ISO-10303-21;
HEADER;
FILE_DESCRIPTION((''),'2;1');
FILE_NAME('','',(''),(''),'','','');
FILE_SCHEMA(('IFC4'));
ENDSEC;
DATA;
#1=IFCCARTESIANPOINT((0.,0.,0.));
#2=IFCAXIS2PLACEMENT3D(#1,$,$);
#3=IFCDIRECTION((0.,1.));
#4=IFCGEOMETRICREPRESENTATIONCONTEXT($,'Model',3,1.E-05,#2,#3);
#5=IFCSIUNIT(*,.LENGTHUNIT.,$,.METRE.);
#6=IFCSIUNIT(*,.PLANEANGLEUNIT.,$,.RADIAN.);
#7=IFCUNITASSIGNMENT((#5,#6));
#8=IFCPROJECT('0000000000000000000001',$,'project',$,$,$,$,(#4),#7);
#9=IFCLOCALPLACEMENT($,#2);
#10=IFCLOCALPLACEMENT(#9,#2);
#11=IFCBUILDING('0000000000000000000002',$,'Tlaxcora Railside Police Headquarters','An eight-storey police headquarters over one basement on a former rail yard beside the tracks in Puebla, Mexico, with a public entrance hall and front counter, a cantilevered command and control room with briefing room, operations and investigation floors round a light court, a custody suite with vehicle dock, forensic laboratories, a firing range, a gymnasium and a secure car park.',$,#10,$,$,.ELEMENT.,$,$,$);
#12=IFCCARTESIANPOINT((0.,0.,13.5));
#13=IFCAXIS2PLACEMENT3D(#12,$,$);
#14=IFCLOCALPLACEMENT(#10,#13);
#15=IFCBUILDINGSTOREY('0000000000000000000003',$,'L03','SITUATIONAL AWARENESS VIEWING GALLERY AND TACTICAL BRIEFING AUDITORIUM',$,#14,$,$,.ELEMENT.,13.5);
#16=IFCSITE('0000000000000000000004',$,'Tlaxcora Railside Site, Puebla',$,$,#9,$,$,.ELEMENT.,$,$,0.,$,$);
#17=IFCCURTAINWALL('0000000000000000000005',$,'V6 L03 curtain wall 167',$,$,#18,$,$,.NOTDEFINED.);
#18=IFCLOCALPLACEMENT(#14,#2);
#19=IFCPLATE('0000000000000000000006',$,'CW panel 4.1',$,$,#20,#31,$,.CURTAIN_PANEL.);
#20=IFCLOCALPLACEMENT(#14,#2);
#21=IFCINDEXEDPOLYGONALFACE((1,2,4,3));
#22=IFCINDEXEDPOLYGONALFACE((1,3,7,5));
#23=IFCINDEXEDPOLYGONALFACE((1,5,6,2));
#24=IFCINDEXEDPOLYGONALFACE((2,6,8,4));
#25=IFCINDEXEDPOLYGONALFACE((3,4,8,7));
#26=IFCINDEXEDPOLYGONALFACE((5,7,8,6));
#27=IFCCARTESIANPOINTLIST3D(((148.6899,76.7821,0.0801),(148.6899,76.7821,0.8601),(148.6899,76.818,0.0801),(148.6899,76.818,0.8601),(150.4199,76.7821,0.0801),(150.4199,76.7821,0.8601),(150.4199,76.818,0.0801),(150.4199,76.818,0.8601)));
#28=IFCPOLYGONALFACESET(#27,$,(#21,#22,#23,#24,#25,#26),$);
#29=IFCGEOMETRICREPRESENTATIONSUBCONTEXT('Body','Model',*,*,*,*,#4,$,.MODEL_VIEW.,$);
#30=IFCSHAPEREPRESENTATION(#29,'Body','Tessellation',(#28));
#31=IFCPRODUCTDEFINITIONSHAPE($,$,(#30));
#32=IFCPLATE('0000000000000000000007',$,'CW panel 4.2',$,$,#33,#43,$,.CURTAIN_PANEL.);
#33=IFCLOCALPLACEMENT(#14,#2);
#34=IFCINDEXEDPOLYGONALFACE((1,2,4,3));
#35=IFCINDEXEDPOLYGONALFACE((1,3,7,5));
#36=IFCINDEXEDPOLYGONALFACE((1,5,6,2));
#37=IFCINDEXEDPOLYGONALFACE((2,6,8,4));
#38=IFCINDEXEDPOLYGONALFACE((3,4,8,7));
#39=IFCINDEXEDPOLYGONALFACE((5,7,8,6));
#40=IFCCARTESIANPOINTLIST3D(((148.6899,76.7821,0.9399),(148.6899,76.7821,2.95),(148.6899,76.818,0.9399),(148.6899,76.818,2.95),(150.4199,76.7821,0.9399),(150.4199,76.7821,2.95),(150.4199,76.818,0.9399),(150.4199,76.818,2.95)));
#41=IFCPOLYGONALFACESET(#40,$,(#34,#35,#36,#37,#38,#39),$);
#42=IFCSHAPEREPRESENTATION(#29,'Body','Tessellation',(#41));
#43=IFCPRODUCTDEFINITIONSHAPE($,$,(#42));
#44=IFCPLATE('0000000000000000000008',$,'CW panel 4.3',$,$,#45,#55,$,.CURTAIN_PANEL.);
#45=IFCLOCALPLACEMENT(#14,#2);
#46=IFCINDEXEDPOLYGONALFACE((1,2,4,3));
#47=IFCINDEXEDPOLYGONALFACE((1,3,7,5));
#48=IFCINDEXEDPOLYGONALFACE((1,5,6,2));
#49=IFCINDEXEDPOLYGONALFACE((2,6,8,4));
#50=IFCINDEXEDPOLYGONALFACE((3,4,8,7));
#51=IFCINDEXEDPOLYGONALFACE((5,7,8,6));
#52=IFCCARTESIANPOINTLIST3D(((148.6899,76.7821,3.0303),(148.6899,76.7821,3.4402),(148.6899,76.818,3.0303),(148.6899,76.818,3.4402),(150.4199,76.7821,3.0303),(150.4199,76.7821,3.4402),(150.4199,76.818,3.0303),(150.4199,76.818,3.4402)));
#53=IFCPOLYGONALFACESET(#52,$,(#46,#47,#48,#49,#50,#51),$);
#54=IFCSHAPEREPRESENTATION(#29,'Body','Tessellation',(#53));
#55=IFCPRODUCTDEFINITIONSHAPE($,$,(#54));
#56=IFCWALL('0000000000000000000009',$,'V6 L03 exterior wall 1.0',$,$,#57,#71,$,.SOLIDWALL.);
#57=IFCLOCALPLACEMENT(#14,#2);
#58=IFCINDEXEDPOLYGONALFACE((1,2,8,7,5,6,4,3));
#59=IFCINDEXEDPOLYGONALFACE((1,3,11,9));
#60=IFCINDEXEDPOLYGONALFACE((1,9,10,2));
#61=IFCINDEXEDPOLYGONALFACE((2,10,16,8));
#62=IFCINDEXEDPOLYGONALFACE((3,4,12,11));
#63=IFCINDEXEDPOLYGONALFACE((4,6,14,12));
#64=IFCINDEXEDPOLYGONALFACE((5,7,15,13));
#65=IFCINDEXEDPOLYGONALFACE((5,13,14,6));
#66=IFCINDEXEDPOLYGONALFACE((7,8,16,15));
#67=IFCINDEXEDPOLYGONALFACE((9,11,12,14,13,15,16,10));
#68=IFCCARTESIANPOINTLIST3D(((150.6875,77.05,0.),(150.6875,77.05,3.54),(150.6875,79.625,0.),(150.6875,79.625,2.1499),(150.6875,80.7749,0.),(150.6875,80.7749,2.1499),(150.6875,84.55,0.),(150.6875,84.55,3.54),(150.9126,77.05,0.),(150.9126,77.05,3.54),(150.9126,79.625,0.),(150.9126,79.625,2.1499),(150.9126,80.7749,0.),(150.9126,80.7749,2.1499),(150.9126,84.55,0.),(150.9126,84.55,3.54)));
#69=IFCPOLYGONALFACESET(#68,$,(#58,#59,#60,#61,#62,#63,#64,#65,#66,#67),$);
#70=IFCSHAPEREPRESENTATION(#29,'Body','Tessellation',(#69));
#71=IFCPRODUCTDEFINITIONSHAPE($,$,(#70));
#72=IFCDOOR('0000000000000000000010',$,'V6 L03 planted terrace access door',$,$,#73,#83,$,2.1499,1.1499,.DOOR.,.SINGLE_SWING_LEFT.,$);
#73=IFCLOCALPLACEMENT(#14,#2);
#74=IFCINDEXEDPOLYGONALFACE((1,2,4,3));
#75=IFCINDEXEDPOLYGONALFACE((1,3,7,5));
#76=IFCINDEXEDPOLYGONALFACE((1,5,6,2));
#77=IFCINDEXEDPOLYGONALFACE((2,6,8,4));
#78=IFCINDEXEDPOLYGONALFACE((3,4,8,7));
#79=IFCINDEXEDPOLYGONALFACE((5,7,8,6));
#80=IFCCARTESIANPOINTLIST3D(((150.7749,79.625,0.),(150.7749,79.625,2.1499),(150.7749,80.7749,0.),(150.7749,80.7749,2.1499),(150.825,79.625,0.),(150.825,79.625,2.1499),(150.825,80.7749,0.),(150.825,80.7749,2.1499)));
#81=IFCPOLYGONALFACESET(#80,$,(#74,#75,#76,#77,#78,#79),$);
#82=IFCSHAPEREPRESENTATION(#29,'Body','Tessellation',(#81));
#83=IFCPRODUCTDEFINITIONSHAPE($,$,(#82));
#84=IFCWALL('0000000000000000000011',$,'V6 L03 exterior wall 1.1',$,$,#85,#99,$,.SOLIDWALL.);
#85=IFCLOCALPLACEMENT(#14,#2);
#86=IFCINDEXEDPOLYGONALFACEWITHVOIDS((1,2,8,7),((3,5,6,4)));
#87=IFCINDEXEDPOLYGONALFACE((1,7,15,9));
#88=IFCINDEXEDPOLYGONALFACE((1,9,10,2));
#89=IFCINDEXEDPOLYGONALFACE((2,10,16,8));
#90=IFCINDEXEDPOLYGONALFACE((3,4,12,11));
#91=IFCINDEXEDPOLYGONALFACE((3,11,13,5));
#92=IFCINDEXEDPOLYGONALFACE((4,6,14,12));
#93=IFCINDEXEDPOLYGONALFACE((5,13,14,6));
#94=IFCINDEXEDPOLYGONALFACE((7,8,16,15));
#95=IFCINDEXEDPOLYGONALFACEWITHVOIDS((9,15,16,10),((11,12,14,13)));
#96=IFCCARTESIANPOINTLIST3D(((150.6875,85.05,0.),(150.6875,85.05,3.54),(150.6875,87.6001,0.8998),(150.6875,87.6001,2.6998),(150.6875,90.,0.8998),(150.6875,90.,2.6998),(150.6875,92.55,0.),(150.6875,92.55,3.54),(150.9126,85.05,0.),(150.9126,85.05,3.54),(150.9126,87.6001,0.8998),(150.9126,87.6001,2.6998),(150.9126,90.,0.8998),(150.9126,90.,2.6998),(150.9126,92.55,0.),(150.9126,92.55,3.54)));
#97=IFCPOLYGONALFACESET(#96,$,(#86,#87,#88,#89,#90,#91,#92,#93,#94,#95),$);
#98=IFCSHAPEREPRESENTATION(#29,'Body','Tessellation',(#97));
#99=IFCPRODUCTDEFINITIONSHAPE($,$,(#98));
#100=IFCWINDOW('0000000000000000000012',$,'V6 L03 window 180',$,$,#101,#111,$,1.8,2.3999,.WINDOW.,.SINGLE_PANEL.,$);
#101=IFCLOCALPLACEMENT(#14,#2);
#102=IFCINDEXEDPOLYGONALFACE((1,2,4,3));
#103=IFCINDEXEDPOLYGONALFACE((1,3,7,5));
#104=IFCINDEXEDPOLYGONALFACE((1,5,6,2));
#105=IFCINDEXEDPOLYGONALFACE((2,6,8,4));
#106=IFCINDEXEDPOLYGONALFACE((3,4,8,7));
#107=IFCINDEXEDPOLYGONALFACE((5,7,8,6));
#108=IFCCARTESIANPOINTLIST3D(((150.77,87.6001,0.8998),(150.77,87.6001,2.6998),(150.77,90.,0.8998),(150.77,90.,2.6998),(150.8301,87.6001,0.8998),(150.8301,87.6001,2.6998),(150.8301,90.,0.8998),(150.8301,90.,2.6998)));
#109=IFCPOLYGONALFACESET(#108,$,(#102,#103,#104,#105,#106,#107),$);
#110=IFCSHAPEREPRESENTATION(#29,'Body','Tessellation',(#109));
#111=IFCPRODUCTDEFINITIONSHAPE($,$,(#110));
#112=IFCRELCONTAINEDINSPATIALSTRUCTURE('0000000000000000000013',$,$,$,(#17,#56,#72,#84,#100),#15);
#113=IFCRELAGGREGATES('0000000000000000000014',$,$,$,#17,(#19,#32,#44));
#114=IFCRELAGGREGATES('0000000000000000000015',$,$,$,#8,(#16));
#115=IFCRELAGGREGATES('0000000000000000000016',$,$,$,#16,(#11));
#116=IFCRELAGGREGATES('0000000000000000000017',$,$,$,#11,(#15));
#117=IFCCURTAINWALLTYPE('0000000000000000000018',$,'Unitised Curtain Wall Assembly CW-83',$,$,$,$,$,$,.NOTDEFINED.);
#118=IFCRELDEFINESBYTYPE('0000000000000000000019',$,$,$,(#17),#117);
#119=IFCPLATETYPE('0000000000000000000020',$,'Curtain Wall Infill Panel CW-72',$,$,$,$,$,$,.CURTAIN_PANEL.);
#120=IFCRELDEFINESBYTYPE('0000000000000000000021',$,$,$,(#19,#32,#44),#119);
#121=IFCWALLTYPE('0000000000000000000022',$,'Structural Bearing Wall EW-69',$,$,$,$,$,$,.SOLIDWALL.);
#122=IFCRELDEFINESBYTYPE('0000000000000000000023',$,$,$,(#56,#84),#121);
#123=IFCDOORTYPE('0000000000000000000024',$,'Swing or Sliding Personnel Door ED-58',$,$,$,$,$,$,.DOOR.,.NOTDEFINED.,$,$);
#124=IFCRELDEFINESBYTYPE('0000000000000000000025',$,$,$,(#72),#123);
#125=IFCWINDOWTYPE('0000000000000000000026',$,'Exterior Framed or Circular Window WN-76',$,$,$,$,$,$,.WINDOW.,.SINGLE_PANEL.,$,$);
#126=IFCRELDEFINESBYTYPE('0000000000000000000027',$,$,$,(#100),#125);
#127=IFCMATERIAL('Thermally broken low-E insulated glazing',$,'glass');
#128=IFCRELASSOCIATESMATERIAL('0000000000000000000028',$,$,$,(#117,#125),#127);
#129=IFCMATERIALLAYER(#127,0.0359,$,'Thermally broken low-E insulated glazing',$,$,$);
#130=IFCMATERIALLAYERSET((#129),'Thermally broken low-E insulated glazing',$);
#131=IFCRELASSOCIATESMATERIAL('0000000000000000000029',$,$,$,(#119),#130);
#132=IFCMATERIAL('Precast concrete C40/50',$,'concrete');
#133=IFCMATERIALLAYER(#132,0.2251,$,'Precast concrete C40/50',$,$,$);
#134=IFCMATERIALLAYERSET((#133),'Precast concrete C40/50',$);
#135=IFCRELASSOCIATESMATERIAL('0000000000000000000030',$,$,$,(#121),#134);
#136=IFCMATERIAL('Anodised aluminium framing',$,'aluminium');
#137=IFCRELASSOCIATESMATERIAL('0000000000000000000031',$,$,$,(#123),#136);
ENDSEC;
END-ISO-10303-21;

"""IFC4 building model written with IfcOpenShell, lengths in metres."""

from ifc_helpers import new_model, si_unit, direction, frame, frame_2d, origin, origin_2d, place, context, subcontext, project, spatial, rectangle, extrude, material, layer, layer_set, type_object, element, fill, aggregate, save


model = new_model("IFC4")

# Units and contexts
model_context = context("Model", 3, precision=1e-05, world=origin(), true_north=direction((0.0, 1.0)))
body_context = subcontext(model_context, "Body", "Model", "MODEL_VIEW")
ifc_project = project(units=[si_unit("LENGTHUNIT", "METRE"), si_unit("PLANEANGLEUNIT", "RADIAN")], contexts=[model_context])

# Site, building, storey
site_placement = place(None, origin())
site = spatial("IfcSite", under=ifc_project, at=site_placement, Name="Tlaxcora Railside Site, Puebla", CompositionType="ELEMENT", RefElevation=0.0)
building_placement = place(site_placement, origin())
building = spatial("IfcBuilding", under=site, at=building_placement, Name="Tlaxcora Railside Police Headquarters", Description="An eight-storey police headquarters over one basement on a former rail yard beside the tracks in Puebla, Mexico, with a public entrance hall and front counter, a cantilevered command and control room with briefing room, operations and investigation floors round a light court, a custody suite with vehicle dock, forensic laboratories, a firing range, a gymnasium and a secure car park.", CompositionType="ELEMENT")
storey_placement = place(building_placement, frame((0.0, 0.0, 13.5)))
storey = spatial("IfcBuildingStorey", under=building, at=storey_placement, Name="L03", Description="SITUATIONAL AWARENESS VIEWING GALLERY AND TACTICAL BRIEFING AUDITORIUM", CompositionType="ELEMENT", Elevation=13.5)

# Curtain wall
ifc_material_1 = material(Name="Thermally broken low-E insulated glazing", Category="glass")
curtain_wall_type = type_object("IfcCurtainWallType", Name="Unitised Curtain Wall Assembly CW-83", PredefinedType="NOTDEFINED", material=ifc_material_1)
curtain_wall_placement = place(storey_placement, origin())
curtain_wall = element("IfcCurtainWall", 1, at=curtain_wall_placement, inside=storey, type_object=curtain_wall_type, Name="V6 L03 curtain wall 167", PredefinedType="NOTDEFINED")
ifc_material_2 = material(Name="Anodised aluminium framing", Category="aluminium")

# Plates
ifc_layer_1 = layer(ifc_material_1, 0.0359, Name="Thermally broken low-E insulated glazing")
ifc_layer_set_1 = layer_set([ifc_layer_1], Name="Thermally broken low-E insulated glazing")
plate_type = type_object("IfcPlateType", Name="Curtain Wall Infill Panel CW-72", PredefinedType="CURTAIN_PANEL", material=ifc_layer_set_1)
plate_1_placement = place(storey_placement, frame((149.5549, 76.8, 0.0801), z_axis=(0.0, 0.0, 1.0), x_axis=(1.0, 0.0, 0.0)))
plate_1 = element("IfcPlate", 2, at=plate_1_placement, type_object=plate_type, Name="CW panel 4.1", PredefinedType="CURTAIN_PANEL", context=body_context, shape_type="SweptSolid", body=[
    extrude(rectangle(XDim=1.73, YDim=0.0359, at=origin_2d()), origin(), (0.0, 0.0, 1.0), 0.78),
])
plate_2_placement = place(storey_placement, frame((149.5549, 76.8, 0.9399), z_axis=(0.0, 0.0, 1.0), x_axis=(1.0, 0.0, 0.0)))
plate_2 = element("IfcPlate", 3, at=plate_2_placement, type_object=plate_type, Name="CW panel 4.2", PredefinedType="CURTAIN_PANEL", context=body_context, shape_type="SweptSolid", body=[
    extrude(rectangle(XDim=1.73, YDim=0.0359, at=origin_2d()), origin(), (0.0, 0.0, 1.0), 2.01),
])
plate_3_placement = place(storey_placement, frame((149.5549, 76.8, 3.0303), z_axis=(0.0, 0.0, 1.0), x_axis=(1.0, 0.0, 0.0)))
plate_3 = element("IfcPlate", 4, at=plate_3_placement, type_object=plate_type, Name="CW panel 4.3", PredefinedType="CURTAIN_PANEL", context=body_context, shape_type="SweptSolid", body=[
    extrude(rectangle(XDim=1.73, YDim=0.0359, at=origin_2d()), origin(), (0.0, 0.0, 1.0), 0.4099),
])
aggregate(curtain_wall, [plate_1, plate_2, plate_3])

# Wall, opening, door
ifc_material_3 = material(Name="Precast concrete C40/50", Category="concrete")
ifc_layer_2 = layer(ifc_material_3, 0.2251, Name="Precast concrete C40/50")
ifc_layer_set_2 = layer_set([ifc_layer_2], Name="Precast concrete C40/50")
wall_type = type_object("IfcWallType", Name="Structural Bearing Wall EW-69", PredefinedType="SOLIDWALL", material=ifc_layer_set_2)
wall_1_placement = place(storey_placement, frame((150.8, 77.05, 0.0), z_axis=(0.0, 0.0, 1.0), x_axis=(0.0, 1.0, 0.0)))
wall_1 = element("IfcWall", 5, at=wall_1_placement, inside=storey, type_object=wall_type, Name="V6 L03 exterior wall 1.0", PredefinedType="SOLIDWALL", context=body_context, shape_type="SweptSolid", body=[
    extrude(rectangle(XDim=7.5, YDim=0.2251, at=frame_2d((3.75, 0.0))), origin(), (0.0, 0.0, 1.0), 3.54),
])
opening_1_placement = place(wall_1_placement, frame((2.575, 0.0, 0.0)))
opening_1 = element("IfcOpeningElement", 6, at=opening_1_placement, cuts=wall_1, PredefinedType="OPENING", context=body_context, shape_type="SweptSolid", body=[
    extrude(rectangle(XDim=1.1499, YDim=2.1499, at=frame_2d((0.575, 1.075))), frame((0.0, 0.1226, 0.0), z_axis=(0.0, -1.0, 0.0), x_axis=(1.0, 0.0, 0.0)), (0.0, 0.0, 1.0), 0.2451),
])
door_type = type_object("IfcDoorType", Name="Swing or Sliding Personnel Door ED-58", OperationType="NOTDEFINED", PredefinedType="DOOR", material=ifc_material_2)
door_placement = place(opening_1_placement, frame((1.1499, 0.0, 0.0), z_axis=(0.0, 0.0, 1.0), x_axis=(-1.0, 0.0, 0.0)))
door = element("IfcDoor", 7, at=door_placement, inside=storey, type_object=door_type, Name="V6 L03 planted terrace access door", OperationType="SINGLE_SWING_LEFT", OverallHeight=2.1499, OverallWidth=1.1499, PredefinedType="DOOR", context=body_context, shape_type="SweptSolid", body=[
    extrude(rectangle(XDim=1.1499, YDim=2.1499, at=frame_2d((0.575, 1.075))), frame((0.0, 0.0249, 0.0), z_axis=(0.0, -1.0, 0.0), x_axis=(1.0, 0.0, 0.0)), (0.0, 0.0, 1.0), 0.05),
])
fill(opening_1, door)

# Wall, opening, window
wall_2_placement = place(storey_placement, frame((150.8, 85.05, 0.0), z_axis=(0.0, 0.0, 1.0), x_axis=(0.0, 1.0, 0.0)))
wall_2 = element("IfcWall", 8, at=wall_2_placement, inside=storey, type_object=wall_type, Name="V6 L03 exterior wall 1.1", PredefinedType="SOLIDWALL", context=body_context, shape_type="SweptSolid", body=[
    extrude(rectangle(XDim=7.5, YDim=0.2251, at=frame_2d((3.75, 0.0))), origin(), (0.0, 0.0, 1.0), 3.54),
])
opening_2_placement = place(wall_2_placement, frame((2.55, 0.0, 0.8999)))
opening_2 = element("IfcOpeningElement", 9, at=opening_2_placement, cuts=wall_2, PredefinedType="OPENING", context=body_context, shape_type="SweptSolid", body=[
    extrude(rectangle(XDim=2.3999, YDim=1.8, at=frame_2d((1.2, 0.8999))), frame((0.0, 0.1226, 0.0), z_axis=(0.0, -1.0, 0.0), x_axis=(1.0, 0.0, 0.0)), (0.0, 0.0, 1.0), 0.2451),
])
window_type = type_object("IfcWindowType", Name="Exterior Framed or Circular Window WN-76", PartitioningType="SINGLE_PANEL", PredefinedType="WINDOW", material=ifc_material_1)
window_placement = place(opening_2_placement, origin())
window = element("IfcWindow", 10, at=window_placement, inside=storey, type_object=window_type, Name="V6 L03 window 180", OverallHeight=1.8, OverallWidth=2.3999, PartitioningType="SINGLE_PANEL", PredefinedType="WINDOW", context=body_context, shape_type="SweptSolid", body=[
    extrude(rectangle(XDim=2.3999, YDim=1.8, at=frame_2d((1.2, 0.8999))), frame((0.0, 0.03, 0.0), z_axis=(0.0, -1.0, 0.0), x_axis=(1.0, 0.0, 0.0)), (0.0, 0.0, 1.0), 0.0601),
])
fill(opening_2, window)

save(model, "model.ifc")
